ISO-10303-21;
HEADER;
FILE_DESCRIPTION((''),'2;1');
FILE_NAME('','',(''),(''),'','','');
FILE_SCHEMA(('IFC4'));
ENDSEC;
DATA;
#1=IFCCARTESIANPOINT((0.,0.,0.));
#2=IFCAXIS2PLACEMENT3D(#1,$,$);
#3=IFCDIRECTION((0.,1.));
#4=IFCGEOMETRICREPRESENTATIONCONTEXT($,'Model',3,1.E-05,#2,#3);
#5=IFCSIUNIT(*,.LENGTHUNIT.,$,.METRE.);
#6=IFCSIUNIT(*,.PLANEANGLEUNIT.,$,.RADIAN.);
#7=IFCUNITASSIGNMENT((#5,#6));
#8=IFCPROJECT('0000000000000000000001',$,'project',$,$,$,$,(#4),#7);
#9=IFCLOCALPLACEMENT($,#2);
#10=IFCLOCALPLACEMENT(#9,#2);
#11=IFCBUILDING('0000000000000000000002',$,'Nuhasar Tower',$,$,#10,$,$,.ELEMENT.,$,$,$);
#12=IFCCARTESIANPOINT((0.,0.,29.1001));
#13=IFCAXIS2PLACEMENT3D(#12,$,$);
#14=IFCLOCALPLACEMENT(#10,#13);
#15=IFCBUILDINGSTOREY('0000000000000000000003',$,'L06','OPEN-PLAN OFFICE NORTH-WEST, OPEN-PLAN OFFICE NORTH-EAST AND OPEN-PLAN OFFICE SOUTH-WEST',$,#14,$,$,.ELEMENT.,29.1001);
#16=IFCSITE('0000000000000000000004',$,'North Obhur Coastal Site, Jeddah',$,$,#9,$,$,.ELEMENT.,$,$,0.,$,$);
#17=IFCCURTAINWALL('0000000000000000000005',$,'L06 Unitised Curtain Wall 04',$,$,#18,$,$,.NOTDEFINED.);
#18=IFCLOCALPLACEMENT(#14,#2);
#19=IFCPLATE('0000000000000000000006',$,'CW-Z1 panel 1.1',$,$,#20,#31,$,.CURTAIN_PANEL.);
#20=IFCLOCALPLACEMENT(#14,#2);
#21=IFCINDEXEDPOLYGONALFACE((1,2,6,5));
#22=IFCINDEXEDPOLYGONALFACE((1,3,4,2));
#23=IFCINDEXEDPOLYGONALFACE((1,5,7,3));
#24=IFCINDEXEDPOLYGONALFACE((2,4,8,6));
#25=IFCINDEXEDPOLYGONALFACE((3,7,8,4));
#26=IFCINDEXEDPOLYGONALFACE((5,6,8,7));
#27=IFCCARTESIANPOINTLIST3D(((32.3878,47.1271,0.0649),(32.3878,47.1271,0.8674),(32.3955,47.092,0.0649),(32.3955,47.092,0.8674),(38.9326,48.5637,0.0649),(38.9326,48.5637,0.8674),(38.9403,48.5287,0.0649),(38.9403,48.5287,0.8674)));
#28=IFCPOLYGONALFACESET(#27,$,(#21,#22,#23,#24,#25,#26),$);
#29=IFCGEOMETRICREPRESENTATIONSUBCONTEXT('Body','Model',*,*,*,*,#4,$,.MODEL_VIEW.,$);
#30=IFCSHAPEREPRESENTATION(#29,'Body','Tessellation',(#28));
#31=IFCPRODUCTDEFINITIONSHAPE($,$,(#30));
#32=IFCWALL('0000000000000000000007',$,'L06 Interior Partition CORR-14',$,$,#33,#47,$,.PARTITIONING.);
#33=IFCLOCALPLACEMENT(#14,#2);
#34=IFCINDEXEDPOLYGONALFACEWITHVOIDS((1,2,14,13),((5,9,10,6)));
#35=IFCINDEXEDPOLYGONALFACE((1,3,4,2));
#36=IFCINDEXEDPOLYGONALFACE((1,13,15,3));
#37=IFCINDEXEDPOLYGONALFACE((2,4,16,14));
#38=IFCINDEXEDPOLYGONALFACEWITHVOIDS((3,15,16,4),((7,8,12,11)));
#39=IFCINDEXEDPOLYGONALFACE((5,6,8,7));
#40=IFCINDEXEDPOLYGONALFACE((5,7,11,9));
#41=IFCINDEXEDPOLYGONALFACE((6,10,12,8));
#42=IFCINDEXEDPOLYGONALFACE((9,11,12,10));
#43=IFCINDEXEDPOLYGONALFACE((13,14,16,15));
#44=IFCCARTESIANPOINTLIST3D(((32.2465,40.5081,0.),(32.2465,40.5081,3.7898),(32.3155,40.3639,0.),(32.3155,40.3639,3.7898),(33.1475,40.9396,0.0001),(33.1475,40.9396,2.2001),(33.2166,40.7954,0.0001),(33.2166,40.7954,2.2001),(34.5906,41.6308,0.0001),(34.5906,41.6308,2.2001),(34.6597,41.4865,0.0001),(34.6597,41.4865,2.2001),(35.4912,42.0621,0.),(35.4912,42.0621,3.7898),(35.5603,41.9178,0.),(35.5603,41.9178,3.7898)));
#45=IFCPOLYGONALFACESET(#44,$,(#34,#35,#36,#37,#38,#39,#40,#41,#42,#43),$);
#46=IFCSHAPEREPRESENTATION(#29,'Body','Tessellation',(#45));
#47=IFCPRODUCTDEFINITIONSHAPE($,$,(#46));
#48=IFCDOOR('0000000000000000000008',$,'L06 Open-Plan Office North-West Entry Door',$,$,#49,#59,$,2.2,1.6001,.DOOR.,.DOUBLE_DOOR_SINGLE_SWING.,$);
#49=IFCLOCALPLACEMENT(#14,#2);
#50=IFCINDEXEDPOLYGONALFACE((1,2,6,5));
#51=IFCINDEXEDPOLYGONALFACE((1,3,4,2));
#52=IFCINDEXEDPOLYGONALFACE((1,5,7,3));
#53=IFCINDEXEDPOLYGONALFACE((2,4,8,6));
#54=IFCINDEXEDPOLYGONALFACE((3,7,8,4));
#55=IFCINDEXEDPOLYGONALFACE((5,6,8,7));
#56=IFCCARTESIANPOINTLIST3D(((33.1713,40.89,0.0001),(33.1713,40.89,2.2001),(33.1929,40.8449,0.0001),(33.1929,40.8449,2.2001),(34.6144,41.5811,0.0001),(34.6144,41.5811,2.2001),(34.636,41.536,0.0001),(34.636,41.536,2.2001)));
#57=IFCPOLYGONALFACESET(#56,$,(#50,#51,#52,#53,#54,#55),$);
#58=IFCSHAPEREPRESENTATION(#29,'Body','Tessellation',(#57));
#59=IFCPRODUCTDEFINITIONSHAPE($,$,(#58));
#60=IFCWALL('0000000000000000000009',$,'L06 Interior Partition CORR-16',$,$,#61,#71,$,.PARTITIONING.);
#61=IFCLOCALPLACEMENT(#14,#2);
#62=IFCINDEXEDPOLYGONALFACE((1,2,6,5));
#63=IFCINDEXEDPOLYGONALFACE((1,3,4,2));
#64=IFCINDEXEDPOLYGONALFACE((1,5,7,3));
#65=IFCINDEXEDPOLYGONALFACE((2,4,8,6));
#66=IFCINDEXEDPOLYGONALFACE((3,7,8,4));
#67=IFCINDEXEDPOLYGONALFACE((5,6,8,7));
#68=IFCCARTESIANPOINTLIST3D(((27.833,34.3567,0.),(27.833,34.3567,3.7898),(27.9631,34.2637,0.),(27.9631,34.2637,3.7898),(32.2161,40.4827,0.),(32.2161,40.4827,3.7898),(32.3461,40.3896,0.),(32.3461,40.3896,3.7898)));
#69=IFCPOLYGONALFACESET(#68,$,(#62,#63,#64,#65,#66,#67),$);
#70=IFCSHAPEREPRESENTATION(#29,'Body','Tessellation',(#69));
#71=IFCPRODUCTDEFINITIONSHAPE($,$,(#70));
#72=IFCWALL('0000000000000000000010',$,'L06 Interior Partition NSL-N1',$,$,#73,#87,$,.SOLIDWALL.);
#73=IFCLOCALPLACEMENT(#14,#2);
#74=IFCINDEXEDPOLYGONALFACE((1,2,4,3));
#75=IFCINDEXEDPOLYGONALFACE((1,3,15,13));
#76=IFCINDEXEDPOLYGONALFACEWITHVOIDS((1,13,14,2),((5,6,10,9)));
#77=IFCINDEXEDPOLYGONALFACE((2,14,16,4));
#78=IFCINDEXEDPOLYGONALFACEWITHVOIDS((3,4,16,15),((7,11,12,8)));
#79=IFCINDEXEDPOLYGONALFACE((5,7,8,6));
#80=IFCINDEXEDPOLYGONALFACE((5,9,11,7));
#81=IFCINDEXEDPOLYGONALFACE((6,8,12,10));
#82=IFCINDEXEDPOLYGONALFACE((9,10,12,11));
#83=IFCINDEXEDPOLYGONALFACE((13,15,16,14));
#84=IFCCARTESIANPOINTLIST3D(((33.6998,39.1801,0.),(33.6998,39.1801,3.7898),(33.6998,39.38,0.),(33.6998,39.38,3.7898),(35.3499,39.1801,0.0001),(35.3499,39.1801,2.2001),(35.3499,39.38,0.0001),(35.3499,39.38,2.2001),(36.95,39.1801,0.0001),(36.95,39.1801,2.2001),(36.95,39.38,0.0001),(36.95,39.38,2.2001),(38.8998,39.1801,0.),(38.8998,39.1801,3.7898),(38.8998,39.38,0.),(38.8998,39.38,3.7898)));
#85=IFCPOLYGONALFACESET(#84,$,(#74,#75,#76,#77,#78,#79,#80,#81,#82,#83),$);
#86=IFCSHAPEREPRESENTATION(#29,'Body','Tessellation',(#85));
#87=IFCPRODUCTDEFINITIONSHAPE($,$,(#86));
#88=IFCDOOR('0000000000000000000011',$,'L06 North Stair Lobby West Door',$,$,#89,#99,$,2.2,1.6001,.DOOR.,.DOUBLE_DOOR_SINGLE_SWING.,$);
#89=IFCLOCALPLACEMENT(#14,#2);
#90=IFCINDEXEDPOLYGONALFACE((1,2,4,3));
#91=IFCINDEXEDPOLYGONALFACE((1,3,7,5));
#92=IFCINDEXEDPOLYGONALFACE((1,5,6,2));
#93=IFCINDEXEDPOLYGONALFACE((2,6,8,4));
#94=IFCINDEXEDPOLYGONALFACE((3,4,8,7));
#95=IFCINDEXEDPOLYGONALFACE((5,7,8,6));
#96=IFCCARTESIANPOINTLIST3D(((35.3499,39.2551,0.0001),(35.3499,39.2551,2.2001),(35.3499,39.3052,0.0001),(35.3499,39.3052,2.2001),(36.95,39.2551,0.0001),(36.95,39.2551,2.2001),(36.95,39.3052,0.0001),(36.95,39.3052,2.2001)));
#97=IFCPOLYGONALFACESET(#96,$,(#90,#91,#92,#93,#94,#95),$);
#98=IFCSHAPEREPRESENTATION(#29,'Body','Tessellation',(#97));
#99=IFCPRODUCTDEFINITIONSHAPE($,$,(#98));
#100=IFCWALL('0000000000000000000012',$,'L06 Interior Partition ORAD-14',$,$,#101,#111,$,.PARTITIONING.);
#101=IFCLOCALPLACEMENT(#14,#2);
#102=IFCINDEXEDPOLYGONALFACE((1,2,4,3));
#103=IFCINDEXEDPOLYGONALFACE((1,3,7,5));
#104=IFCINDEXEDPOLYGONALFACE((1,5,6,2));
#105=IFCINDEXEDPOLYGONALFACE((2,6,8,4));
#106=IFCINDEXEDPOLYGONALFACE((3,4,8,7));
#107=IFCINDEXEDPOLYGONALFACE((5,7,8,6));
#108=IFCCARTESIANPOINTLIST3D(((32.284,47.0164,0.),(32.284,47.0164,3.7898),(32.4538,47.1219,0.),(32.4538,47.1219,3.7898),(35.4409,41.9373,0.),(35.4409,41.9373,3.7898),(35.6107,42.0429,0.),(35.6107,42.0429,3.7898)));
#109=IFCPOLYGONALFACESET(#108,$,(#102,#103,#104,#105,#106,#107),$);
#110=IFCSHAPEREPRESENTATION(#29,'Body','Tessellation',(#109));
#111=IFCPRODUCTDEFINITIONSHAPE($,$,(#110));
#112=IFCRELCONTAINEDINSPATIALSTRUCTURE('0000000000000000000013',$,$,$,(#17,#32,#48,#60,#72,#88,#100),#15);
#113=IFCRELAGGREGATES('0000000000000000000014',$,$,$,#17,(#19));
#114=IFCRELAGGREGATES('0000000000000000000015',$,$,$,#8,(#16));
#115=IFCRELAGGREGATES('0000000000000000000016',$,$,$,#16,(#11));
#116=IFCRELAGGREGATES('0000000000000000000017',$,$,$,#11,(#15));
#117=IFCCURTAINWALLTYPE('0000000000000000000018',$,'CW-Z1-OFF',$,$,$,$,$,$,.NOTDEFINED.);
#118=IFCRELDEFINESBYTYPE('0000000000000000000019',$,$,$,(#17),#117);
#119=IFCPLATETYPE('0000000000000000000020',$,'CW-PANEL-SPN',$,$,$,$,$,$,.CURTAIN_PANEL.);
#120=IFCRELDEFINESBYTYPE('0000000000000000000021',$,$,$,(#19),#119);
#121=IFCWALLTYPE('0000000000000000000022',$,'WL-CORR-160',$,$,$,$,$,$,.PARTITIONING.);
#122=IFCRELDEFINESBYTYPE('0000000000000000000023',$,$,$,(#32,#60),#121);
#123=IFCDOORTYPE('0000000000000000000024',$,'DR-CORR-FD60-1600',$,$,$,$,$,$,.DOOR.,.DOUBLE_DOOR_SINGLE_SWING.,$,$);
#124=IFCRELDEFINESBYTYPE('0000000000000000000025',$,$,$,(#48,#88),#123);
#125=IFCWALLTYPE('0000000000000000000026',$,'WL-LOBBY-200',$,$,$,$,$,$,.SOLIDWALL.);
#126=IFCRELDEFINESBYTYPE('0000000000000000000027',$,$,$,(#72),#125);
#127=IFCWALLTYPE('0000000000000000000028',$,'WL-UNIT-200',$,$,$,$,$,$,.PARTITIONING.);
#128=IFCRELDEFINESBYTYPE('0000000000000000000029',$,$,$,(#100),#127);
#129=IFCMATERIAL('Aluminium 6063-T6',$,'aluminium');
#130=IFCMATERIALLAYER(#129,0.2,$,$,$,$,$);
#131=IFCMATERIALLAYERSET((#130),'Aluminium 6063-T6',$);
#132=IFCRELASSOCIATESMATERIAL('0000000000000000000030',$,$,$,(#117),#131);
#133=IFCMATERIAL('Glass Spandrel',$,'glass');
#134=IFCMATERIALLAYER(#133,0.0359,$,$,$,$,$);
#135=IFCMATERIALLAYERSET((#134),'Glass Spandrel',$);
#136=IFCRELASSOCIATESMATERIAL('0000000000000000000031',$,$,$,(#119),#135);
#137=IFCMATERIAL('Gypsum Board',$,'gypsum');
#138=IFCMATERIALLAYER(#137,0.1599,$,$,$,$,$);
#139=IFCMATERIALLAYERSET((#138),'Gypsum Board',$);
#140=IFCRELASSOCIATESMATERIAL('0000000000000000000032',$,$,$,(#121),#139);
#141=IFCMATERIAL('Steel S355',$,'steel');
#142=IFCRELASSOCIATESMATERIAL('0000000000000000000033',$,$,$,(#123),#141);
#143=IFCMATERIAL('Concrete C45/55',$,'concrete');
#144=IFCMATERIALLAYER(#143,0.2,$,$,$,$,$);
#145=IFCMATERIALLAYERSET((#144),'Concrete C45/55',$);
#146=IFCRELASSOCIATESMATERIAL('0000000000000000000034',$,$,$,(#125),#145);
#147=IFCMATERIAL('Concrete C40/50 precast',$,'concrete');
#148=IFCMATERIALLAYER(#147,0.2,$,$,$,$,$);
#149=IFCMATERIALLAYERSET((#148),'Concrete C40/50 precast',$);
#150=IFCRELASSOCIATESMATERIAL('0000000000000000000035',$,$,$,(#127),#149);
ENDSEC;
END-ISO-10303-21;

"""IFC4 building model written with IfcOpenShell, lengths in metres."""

from ifc_helpers import new_model, si_unit, direction, frame, frame_2d, origin, origin_2d, place, context, subcontext, project, spatial, rectangle, extrude, material, layer, layer_set, type_object, element, fill, aggregate, save


model = new_model("IFC4")

# Units and contexts
model_context = context("Model", 3, precision=1e-05, world=origin(), true_north=direction((0.0, 1.0)))
body_context = subcontext(model_context, "Body", "Model", "MODEL_VIEW")
ifc_project = project(units=[si_unit("LENGTHUNIT", "METRE"), si_unit("PLANEANGLEUNIT", "RADIAN")], contexts=[model_context])

# Site, building, storey
site_placement = place(None, origin())
site = spatial("IfcSite", under=ifc_project, at=site_placement, Name="North Obhur Coastal Site, Jeddah", CompositionType="ELEMENT", RefElevation=0.0)
building_placement = place(site_placement, origin())
building = spatial("IfcBuilding", under=site, at=building_placement, Name="Nuhasar Tower", CompositionType="ELEMENT")
storey_placement = place(building_placement, frame((0.0, 0.0, 29.1001)))
storey = spatial("IfcBuildingStorey", under=building, at=storey_placement, Name="L06", Description="OPEN-PLAN OFFICE NORTH-WEST, OPEN-PLAN OFFICE NORTH-EAST AND OPEN-PLAN OFFICE SOUTH-WEST", CompositionType="ELEMENT", Elevation=29.1001)

# Shared definitions
ifc_material_1 = material(Name="Steel S355", Category="steel")

# Curtain wall
ifc_material_2 = material(Name="Aluminium 6063-T6", Category="aluminium")
ifc_layer_1 = layer(ifc_material_2, 0.2)
ifc_layer_set_1 = layer_set([ifc_layer_1], Name="Aluminium 6063-T6")
curtain_wall_type = type_object("IfcCurtainWallType", Name="CW-Z1-OFF", PredefinedType="NOTDEFINED", material=ifc_layer_set_1)
curtain_wall_placement = place(storey_placement, origin())
curtain_wall = element("IfcCurtainWall", 1, at=curtain_wall_placement, inside=storey, type_object=curtain_wall_type, Name="L06 Unitised Curtain Wall 04", PredefinedType="NOTDEFINED")

# Plate
ifc_material_3 = material(Name="Glass Spandrel", Category="glass")
ifc_layer_2 = layer(ifc_material_3, 0.0359)
ifc_layer_set_2 = layer_set([ifc_layer_2], Name="Glass Spandrel")
plate_type_1 = type_object("IfcPlateType", Name="CW-PANEL-SPN", PredefinedType="CURTAIN_PANEL", material=ifc_layer_set_2)
plate_1_placement = place(storey_placement, frame((35.6641, 47.8279, 0.0649), z_axis=(0.0, 0.0, 1.0), x_axis=(-0.976746, -0.214399, 0.0)))
plate_1 = element("IfcPlate", 2, at=plate_1_placement, type_object=plate_type_1, Name="CW-Z1 panel 1.1", PredefinedType="CURTAIN_PANEL", context=body_context, shape_type="SweptSolid", body=[
    extrude(rectangle(XDim=6.7007, YDim=0.0359, at=origin_2d()), origin(), (0.0, 0.0, 1.0), 0.8025),
])
aggregate(curtain_wall, [plate_1])

# Wall, opening, door
ifc_material_4 = material(Name="Gypsum Board", Category="gypsum")
ifc_layer_3 = layer(ifc_material_4, 0.1599)
ifc_layer_set_3 = layer_set([ifc_layer_3], Name="Gypsum Board")
wall_type_1 = type_object("IfcWallType", Name="WL-CORR-160", PredefinedType="PARTITIONING", material=ifc_layer_set_3)
wall_1_placement = place(storey_placement, frame((32.281, 40.436, 0.0), z_axis=(0.0, 0.0, 1.0), x_axis=(0.901911, 0.431921, 0.0)))
wall_1 = element("IfcWall", 3, at=wall_1_placement, inside=storey, type_object=wall_type_1, Name="L06 Interior Partition CORR-14", PredefinedType="PARTITIONING", context=body_context, shape_type="SweptSolid", body=[
    extrude(rectangle(XDim=3.5977, YDim=0.1599, at=frame_2d((1.7988, 0.0))), origin(), (0.0, 0.0, 1.0), 3.7898),
])
opening_1_placement = place(wall_1_placement, frame((0.999, 0.0, 0.0)))
opening_1 = element("IfcOpeningElement", 4, at=opening_1_placement, cuts=wall_1, PredefinedType="OPENING", context=body_context, shape_type="SweptSolid", body=[
    extrude(rectangle(XDim=1.6001, YDim=2.2, at=frame_2d((0.8, 1.1001))), frame((0.0, 0.0898, 0.0), z_axis=(0.0, -1.0, 0.0), x_axis=(1.0, 0.0, 0.0)), (0.0, 0.0, 1.0), 0.1799),
])
door_type_1 = type_object("IfcDoorType", Name="DR-CORR-FD60-1600", OperationType="DOUBLE_DOOR_SINGLE_SWING", PredefinedType="DOOR", material=ifc_material_1)
door_1_placement = place(opening_1_placement, origin())
door_1 = element("IfcDoor", 5, at=door_1_placement, inside=storey, type_object=door_type_1, Name="L06 Open-Plan Office North-West Entry Door", OperationType="DOUBLE_DOOR_SINGLE_SWING", OverallHeight=2.2, OverallWidth=1.6001, PredefinedType="DOOR", context=body_context, shape_type="SweptSolid", body=[
    extrude(rectangle(XDim=1.6001, YDim=2.2, at=frame_2d((0.8, 1.1001))), frame((0.0, 0.0249, 0.0), z_axis=(0.0, -1.0, 0.0), x_axis=(1.0, 0.0, 0.0)), (0.0, 0.0, 1.0), 0.05),
])
fill(opening_1, door_1)

# Wall
wall_2_placement = place(storey_placement, frame((32.281, 40.436, 0.0), z_axis=(0.0, 0.0, 1.0), x_axis=(-0.581885, -0.813271, 0.0)))
element("IfcWall", 6, at=wall_2_placement, inside=storey, type_object=wall_type_1, Name="L06 Interior Partition CORR-16", PredefinedType="PARTITIONING", context=body_context, shape_type="SweptSolid", body=[
    extrude(rectangle(XDim=7.5325, YDim=0.1599, at=frame_2d((3.7661, 0.0))), origin(), (0.0, 0.0, 1.0), 3.7898),
])

# Wall, opening, door
ifc_material_5 = material(Name="Concrete C45/55", Category="concrete")
ifc_layer_4 = layer(ifc_material_5, 0.2)
ifc_layer_set_4 = layer_set([ifc_layer_4], Name="Concrete C45/55")
wall_type_2 = type_object("IfcWallType", Name="WL-LOBBY-200", PredefinedType="SOLIDWALL", material=ifc_layer_set_4)
wall_3_placement = place(storey_placement, frame((38.8999, 39.28, 0.0), z_axis=(0.0, 0.0, 1.0), x_axis=(-1.0, 0.0, 0.0)))
wall_3 = element("IfcWall", 7, at=wall_3_placement, inside=storey, type_object=wall_type_2, Name="L06 Interior Partition NSL-N1", PredefinedType="SOLIDWALL", context=body_context, shape_type="SweptSolid", body=[
    extrude(rectangle(XDim=5.2, YDim=0.2, at=frame_2d((2.6001, 0.0))), origin(), (0.0, 0.0, 1.0), 3.7898),
])
opening_2_placement = place(wall_3_placement, frame((1.95, 0.0, 0.0)))
opening_2 = element("IfcOpeningElement", 8, at=opening_2_placement, cuts=wall_3, PredefinedType="OPENING", context=body_context, shape_type="SweptSolid", body=[
    extrude(rectangle(XDim=1.6001, YDim=2.2, at=frame_2d((0.8, 1.1001))), frame((0.0, 0.1099, 0.0), z_axis=(0.0, -1.0, 0.0), x_axis=(1.0, 0.0, 0.0)), (0.0, 0.0, 1.0), 0.22),
])
door_2_placement = place(opening_2_placement, origin())
door_2 = element("IfcDoor", 9, at=door_2_placement, inside=storey, type_object=door_type_1, Name="L06 North Stair Lobby West Door", OperationType="DOUBLE_DOOR_SINGLE_SWING", OverallHeight=2.2, OverallWidth=1.6001, PredefinedType="DOOR", context=body_context, shape_type="SweptSolid", body=[
    extrude(rectangle(XDim=1.6001, YDim=2.2, at=frame_2d((0.8, 1.1001))), frame((0.0, 0.0249, 0.0), z_axis=(0.0, -1.0, 0.0), x_axis=(1.0, 0.0, 0.0)), (0.0, 0.0, 1.0), 0.05),
])
fill(opening_2, door_2)

# Wall
ifc_material_6 = material(Name="Concrete C40/50 precast", Category="concrete")
ifc_layer_5 = layer(ifc_material_6, 0.2)
ifc_layer_set_5 = layer_set([ifc_layer_5], Name="Concrete C40/50 precast")
wall_type_3 = type_object("IfcWallType", Name="WL-UNIT-200", PredefinedType="PARTITIONING", material=ifc_layer_set_5)
wall_4_placement = place(storey_placement, frame((35.5259, 41.99, 0.0), z_axis=(0.0, 0.0, 1.0), x_axis=(-0.527898, 0.849308, 0.0)))
element("IfcWall", 10, at=wall_4_placement, inside=storey, type_object=wall_type_3, Name="L06 Interior Partition ORAD-14", PredefinedType="PARTITIONING", context=body_context, shape_type="SweptSolid", body=[
    extrude(rectangle(XDim=5.9802, YDim=0.2, at=frame_2d((2.9902, 0.0))), origin(), (0.0, 0.0, 1.0), 3.7898),
])

save(model, "model.ifc")
